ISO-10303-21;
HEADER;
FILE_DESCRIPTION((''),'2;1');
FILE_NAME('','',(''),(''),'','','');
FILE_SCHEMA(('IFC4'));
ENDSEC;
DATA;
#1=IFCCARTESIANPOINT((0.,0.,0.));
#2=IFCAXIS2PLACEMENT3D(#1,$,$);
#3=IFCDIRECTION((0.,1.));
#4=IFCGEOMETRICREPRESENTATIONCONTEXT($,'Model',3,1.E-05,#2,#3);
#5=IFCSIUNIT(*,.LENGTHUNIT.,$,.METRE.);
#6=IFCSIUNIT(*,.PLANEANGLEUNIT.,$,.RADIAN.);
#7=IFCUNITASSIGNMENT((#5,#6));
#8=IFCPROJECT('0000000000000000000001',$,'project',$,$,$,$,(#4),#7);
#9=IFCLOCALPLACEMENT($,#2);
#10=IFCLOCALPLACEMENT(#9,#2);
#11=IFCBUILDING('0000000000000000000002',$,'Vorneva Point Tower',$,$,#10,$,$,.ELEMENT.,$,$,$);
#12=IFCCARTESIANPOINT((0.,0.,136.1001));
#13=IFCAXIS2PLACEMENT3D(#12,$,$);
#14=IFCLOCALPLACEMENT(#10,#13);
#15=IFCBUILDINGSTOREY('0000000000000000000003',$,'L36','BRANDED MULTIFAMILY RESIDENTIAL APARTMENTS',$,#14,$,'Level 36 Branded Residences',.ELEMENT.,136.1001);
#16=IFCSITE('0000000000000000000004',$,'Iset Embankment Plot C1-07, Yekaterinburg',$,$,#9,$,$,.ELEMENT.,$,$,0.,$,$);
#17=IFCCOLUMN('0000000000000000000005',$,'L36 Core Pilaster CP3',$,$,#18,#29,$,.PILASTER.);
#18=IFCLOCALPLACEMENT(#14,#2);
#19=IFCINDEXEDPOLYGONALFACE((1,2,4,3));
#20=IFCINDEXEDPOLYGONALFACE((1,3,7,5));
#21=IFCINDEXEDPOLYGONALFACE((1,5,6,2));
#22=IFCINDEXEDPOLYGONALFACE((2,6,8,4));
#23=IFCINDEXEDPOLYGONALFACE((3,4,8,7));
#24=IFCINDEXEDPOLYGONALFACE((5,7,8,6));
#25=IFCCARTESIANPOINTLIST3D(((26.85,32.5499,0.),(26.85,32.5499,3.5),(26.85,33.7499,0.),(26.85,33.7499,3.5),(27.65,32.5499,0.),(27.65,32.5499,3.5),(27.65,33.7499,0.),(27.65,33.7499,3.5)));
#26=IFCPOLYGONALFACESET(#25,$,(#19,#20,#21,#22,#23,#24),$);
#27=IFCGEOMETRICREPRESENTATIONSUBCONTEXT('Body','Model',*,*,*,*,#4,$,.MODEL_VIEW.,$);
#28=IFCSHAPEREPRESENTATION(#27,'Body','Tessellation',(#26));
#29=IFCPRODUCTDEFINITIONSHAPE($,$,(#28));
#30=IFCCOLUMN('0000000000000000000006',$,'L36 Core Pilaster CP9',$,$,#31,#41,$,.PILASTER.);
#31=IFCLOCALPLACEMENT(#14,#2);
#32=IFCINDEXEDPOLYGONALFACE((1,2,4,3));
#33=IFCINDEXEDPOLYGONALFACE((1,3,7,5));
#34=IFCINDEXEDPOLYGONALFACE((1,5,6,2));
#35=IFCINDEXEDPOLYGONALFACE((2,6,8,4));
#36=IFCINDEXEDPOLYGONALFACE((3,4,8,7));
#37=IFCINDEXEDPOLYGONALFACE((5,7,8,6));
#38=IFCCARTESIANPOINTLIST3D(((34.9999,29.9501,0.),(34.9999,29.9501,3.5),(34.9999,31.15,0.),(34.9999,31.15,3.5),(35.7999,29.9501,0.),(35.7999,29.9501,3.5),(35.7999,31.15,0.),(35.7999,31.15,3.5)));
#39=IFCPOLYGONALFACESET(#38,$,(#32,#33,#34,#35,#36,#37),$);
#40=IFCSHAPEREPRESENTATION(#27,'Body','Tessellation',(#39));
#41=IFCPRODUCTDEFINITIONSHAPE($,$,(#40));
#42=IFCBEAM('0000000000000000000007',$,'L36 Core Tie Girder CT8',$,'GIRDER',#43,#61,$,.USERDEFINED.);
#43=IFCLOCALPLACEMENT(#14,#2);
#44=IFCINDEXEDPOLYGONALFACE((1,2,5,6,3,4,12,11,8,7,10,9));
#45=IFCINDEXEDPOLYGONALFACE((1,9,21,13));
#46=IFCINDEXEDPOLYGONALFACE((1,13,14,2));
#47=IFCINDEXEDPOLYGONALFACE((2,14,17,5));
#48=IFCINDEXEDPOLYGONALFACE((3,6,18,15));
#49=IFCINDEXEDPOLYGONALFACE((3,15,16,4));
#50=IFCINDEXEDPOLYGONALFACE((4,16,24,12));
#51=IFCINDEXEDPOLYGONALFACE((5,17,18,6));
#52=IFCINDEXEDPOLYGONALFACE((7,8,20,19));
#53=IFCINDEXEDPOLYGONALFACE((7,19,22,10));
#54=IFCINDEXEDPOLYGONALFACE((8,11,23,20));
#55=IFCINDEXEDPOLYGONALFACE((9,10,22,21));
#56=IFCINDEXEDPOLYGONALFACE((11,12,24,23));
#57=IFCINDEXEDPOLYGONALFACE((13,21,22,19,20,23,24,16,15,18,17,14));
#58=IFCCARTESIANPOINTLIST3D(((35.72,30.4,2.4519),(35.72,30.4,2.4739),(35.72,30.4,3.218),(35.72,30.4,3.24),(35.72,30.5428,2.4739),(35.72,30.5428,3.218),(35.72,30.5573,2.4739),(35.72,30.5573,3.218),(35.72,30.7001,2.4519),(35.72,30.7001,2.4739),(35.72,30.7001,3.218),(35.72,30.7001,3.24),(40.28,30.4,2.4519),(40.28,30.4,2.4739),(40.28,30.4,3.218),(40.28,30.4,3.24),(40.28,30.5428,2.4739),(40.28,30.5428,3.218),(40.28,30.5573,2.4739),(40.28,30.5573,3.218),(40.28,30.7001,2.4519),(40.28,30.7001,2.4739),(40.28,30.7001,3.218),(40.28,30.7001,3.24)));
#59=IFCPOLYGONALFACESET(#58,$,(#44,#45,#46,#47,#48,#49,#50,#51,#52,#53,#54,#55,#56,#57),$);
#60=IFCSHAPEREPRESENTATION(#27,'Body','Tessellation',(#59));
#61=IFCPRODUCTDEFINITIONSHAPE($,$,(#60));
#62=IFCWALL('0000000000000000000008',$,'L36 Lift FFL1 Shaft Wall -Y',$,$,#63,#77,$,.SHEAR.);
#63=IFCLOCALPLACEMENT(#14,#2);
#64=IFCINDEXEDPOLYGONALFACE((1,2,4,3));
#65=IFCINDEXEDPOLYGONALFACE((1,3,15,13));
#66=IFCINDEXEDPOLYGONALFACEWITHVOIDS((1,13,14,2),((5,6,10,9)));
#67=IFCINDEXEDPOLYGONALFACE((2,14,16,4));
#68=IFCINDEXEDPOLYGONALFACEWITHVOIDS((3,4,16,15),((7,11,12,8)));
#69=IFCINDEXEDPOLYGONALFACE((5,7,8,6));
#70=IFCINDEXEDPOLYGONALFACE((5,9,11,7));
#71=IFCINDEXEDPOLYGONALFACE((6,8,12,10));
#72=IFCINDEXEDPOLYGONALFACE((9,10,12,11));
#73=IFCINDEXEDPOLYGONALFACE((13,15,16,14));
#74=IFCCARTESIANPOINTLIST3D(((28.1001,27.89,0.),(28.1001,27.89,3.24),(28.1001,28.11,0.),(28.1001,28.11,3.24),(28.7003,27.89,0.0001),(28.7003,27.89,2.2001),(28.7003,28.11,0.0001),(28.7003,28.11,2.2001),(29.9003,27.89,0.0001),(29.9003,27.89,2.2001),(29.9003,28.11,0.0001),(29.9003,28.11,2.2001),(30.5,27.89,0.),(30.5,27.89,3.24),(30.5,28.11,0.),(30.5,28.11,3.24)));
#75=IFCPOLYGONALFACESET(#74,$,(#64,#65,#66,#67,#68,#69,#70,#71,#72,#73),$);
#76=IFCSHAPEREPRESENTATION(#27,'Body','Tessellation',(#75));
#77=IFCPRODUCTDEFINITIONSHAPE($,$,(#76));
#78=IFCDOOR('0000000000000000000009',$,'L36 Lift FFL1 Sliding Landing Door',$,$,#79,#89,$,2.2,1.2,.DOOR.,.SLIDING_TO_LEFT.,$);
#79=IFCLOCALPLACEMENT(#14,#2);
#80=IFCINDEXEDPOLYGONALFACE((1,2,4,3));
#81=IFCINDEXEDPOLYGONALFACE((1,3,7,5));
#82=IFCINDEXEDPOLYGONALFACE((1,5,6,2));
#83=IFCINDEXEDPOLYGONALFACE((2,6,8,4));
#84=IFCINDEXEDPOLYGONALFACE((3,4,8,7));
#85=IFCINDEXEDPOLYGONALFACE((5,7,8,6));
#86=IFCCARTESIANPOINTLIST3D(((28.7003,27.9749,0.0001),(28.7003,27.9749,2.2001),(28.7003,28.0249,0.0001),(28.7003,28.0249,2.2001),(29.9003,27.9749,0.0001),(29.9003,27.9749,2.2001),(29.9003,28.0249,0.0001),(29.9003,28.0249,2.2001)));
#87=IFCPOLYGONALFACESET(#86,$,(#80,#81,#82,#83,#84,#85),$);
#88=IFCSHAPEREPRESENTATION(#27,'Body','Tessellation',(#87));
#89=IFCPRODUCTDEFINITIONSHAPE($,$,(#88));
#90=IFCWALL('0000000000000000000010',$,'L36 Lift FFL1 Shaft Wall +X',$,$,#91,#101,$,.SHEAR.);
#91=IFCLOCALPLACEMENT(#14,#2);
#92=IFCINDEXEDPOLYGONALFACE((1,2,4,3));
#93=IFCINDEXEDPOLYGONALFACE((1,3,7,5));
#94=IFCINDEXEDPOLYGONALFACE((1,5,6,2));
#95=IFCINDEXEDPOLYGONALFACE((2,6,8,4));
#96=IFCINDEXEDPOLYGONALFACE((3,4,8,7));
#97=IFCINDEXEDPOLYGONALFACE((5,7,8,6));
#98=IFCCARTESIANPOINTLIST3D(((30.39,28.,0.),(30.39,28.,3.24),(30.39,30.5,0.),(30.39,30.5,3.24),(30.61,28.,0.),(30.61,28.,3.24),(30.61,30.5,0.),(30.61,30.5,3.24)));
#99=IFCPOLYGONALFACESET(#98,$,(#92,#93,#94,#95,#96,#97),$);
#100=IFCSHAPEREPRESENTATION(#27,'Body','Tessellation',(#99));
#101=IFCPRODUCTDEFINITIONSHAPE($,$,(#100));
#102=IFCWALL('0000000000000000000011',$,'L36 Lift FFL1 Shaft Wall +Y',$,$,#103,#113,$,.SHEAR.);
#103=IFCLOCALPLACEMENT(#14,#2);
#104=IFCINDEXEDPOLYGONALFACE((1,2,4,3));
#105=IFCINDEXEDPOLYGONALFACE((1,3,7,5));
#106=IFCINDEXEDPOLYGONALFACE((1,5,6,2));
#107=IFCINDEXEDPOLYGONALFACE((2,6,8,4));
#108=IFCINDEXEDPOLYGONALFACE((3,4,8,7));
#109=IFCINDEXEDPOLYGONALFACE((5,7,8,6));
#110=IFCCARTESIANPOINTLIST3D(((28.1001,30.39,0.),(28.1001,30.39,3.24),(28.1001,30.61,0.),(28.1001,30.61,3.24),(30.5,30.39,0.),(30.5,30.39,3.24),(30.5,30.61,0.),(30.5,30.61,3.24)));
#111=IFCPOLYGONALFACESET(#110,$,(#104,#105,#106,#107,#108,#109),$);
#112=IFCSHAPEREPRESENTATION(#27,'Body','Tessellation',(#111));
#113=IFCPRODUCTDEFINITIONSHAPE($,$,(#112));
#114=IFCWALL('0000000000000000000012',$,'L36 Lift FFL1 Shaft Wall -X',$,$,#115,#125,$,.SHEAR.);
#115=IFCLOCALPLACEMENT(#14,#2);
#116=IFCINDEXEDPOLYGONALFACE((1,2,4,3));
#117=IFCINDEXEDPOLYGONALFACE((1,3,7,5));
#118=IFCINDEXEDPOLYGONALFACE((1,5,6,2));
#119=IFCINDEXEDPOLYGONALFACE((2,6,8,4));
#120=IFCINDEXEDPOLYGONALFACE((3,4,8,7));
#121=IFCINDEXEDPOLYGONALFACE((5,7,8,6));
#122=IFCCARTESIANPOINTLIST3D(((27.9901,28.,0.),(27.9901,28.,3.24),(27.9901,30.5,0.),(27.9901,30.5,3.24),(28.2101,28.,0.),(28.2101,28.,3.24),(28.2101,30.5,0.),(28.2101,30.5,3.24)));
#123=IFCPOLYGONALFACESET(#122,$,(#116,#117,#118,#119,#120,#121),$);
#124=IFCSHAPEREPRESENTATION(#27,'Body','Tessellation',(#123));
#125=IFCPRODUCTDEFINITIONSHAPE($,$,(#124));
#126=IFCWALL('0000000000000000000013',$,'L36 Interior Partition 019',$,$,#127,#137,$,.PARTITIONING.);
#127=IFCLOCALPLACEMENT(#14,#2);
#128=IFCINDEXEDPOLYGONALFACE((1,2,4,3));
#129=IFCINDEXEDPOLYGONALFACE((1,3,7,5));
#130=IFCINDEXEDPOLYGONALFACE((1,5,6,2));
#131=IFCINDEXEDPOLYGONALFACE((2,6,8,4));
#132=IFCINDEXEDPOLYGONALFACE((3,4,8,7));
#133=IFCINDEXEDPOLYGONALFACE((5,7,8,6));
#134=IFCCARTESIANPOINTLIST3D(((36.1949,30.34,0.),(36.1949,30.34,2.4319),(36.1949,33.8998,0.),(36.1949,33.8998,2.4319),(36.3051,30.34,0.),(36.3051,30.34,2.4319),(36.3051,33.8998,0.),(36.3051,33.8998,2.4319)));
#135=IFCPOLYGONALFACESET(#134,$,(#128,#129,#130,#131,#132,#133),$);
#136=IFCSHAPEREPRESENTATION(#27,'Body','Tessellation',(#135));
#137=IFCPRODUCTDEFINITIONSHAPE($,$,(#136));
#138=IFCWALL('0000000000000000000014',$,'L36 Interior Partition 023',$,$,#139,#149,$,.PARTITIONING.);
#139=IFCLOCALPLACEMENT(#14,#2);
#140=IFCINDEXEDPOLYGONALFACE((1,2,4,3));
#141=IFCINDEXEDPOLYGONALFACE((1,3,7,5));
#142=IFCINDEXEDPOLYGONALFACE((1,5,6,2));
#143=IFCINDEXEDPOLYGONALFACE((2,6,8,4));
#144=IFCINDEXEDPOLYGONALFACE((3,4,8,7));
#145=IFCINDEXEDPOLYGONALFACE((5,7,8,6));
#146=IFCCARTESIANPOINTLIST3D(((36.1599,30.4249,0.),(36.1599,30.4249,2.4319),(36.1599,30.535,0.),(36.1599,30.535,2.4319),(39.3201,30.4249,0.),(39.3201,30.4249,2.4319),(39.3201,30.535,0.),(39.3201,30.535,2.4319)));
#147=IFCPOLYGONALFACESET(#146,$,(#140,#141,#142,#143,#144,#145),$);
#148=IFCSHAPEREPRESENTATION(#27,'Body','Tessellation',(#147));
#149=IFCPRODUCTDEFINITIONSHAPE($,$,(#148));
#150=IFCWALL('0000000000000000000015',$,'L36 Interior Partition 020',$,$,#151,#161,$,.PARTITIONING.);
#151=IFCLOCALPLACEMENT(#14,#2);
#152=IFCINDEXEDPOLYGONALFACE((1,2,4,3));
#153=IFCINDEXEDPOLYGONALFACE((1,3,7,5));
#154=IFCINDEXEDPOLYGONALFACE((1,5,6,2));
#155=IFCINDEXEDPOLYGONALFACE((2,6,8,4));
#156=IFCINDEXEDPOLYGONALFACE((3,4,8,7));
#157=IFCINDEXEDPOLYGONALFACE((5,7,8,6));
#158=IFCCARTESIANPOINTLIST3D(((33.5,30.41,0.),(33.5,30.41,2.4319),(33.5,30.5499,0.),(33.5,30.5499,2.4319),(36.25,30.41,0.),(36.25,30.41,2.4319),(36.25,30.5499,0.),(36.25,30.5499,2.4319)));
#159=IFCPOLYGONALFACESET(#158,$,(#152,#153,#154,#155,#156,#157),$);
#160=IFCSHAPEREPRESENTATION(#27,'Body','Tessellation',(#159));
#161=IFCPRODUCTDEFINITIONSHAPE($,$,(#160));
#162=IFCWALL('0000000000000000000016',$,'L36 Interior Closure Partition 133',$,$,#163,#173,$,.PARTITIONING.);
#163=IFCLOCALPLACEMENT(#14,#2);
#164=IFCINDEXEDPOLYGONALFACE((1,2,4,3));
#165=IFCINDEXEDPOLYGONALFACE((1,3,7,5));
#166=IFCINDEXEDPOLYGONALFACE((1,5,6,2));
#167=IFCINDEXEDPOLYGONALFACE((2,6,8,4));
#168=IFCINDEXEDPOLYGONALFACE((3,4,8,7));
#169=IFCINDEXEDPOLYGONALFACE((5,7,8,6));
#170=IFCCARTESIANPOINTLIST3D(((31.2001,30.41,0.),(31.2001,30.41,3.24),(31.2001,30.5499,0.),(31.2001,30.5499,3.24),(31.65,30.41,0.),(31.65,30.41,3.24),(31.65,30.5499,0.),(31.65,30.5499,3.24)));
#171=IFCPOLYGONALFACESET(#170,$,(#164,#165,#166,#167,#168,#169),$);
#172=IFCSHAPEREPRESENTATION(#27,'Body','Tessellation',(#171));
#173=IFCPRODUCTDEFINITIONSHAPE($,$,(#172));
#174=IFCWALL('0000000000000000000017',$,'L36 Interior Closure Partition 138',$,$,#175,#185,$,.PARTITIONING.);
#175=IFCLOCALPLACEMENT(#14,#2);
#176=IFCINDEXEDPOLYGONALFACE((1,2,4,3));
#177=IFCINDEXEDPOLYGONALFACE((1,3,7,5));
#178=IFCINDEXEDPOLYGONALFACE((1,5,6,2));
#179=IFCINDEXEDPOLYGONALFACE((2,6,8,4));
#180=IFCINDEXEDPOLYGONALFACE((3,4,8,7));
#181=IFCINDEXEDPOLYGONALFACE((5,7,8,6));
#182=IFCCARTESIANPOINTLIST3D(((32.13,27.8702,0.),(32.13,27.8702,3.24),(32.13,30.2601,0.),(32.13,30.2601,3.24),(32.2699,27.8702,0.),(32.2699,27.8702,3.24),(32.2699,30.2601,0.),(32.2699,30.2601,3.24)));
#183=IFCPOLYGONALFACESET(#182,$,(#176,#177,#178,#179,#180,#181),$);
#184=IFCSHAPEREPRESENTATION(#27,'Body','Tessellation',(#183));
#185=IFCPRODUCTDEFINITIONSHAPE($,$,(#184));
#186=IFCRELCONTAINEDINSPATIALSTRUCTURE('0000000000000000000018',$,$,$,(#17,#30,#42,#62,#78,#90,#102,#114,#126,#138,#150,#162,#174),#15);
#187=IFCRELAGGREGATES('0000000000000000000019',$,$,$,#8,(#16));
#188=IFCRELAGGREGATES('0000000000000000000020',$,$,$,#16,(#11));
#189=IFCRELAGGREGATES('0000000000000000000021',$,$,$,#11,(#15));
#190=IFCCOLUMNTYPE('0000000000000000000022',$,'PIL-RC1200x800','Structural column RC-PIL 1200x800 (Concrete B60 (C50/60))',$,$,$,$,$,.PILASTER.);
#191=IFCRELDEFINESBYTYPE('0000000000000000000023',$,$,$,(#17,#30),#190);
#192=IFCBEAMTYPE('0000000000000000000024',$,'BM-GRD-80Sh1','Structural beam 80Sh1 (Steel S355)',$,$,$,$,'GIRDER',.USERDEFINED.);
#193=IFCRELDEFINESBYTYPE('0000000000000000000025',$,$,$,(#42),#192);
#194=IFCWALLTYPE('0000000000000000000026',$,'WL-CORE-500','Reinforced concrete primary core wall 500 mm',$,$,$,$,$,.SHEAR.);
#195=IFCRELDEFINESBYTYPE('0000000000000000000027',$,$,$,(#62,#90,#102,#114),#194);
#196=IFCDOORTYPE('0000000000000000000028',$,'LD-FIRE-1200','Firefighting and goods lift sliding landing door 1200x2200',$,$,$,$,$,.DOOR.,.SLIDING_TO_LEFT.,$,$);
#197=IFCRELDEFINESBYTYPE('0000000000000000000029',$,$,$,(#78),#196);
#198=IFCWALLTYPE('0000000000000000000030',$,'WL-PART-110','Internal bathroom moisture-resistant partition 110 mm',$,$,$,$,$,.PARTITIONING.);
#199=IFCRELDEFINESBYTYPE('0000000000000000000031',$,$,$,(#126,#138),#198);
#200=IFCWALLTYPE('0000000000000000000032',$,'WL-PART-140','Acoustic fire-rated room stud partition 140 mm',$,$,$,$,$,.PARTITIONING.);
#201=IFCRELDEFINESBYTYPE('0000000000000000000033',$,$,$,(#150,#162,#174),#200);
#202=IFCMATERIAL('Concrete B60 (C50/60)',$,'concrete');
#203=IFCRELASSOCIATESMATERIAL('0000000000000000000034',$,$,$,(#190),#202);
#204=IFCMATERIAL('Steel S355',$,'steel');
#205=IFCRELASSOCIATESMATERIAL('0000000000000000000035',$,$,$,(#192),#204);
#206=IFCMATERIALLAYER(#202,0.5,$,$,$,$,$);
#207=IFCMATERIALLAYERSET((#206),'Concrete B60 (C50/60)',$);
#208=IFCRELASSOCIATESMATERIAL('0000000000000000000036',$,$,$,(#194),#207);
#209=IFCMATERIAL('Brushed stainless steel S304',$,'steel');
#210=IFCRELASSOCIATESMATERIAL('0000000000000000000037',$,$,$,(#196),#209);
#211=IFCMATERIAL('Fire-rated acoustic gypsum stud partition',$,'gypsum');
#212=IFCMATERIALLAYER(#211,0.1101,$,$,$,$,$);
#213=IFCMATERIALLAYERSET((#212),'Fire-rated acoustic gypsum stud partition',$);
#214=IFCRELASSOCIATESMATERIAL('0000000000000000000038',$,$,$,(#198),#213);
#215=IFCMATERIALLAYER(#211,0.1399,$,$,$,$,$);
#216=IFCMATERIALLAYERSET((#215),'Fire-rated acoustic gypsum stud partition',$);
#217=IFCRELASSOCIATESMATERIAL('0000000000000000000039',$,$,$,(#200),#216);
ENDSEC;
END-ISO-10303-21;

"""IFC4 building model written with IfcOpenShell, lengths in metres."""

from ifc_helpers import new_model, si_unit, direction, frame, frame_2d, origin, origin_2d, place, context, subcontext, project, spatial, rectangle, i_section, extrude, material, layer, layer_set, material_profile, profile_set, type_object, element, fill, save


model = new_model("IFC4")

# Units and contexts
model_context = context("Model", 3, precision=1e-05, world=origin(), true_north=direction((0.0, 1.0)))
body_context = subcontext(model_context, "Body", "Model", "MODEL_VIEW")
ifc_project = project(units=[si_unit("LENGTHUNIT", "METRE"), si_unit("PLANEANGLEUNIT", "RADIAN")], contexts=[model_context])

# Site, building, storey
site_placement = place(None, origin())
site = spatial("IfcSite", under=ifc_project, at=site_placement, Name="Iset Embankment Plot C1-07, Yekaterinburg", CompositionType="ELEMENT", RefElevation=0.0)
building_placement = place(site_placement, origin())
building = spatial("IfcBuilding", under=site, at=building_placement, Name="Vorneva Point Tower", CompositionType="ELEMENT")
storey_placement = place(building_placement, frame((0.0, 0.0, 136.1001)))
storey = spatial("IfcBuildingStorey", under=building, at=storey_placement, Name="L36", Description="BRANDED MULTIFAMILY RESIDENTIAL APARTMENTS", LongName="Level 36 Branded Residences", CompositionType="ELEMENT", Elevation=136.1001)

# Columns
ifc_material_1 = material(Name="Concrete B60 (C50/60)", Category="concrete")
ifc_material_profile_1 = material_profile(ifc_material_1, rectangle(XDim=0.8, YDim=1.2, at=origin_2d()), Name="RC-PIL 1200x800")
ifc_profile_set_1 = profile_set([ifc_material_profile_1], Name="Concrete B60 (C50/60)")
column_type = type_object("IfcColumnType", Name="PIL-RC1200x800", Description="Structural column RC-PIL 1200x800 (Concrete B60 (C50/60))", PredefinedType="PILASTER", material=ifc_profile_set_1)
for number, where, z_axis, x_axis, name in (
    (1, (27.25, 33.1499, 0.0), (0.0, 0.0, 1.0), (1.0, 0.0, 0.0), "L36 Core Pilaster CP3"),
    (2, (35.3999, 30.55, 0.0), (0.0, 0.0, 1.0), (1.0, 0.0, 0.0), "L36 Core Pilaster CP9"),
):
    element("IfcColumn", number, at=place(storey_placement, frame(where, z_axis=z_axis, x_axis=x_axis)), inside=storey, type_object=column_type, Name=name, PredefinedType="PILASTER", context=body_context, shape_type="SweptSolid", body=[
        extrude(rectangle(XDim=0.8, YDim=1.2, at=origin_2d()), origin(), (0.0, 0.0, 1.0), 3.5),
    ])

# Beam
ifc_material_2 = material(Name="Steel S355", Category="steel")
ifc_material_profile_2 = material_profile(ifc_material_2, i_section(OverallWidth=0.3, OverallDepth=0.7881, WebThickness=0.0144, FlangeThickness=0.022, at=origin_2d()), Name="80Sh1")
ifc_profile_set_2 = profile_set([ifc_material_profile_2], Name="Steel S355")
beam_type = type_object("IfcBeamType", Name="BM-GRD-80Sh1", Description="Structural beam 80Sh1 (Steel S355)", ElementType="GIRDER", PredefinedType="USERDEFINED", material=ifc_profile_set_2)
beam_placement = place(storey_placement, frame((35.72, 30.55, 2.8459), z_axis=(1.0, 0.0, 0.0), x_axis=(0.0, 1.0, 0.0)))
element("IfcBeam", 3, at=beam_placement, inside=storey, type_object=beam_type, Name="L36 Core Tie Girder CT8", ObjectType="GIRDER", PredefinedType="USERDEFINED", context=body_context, shape_type="SweptSolid", body=[
    extrude(i_section(OverallWidth=0.3, OverallDepth=0.7881, WebThickness=0.0144, FlangeThickness=0.022, at=origin_2d()), origin(), (0.0, 0.0, 1.0), 4.5601),
])

# Wall, opening, door
ifc_layer_1 = layer(ifc_material_1, 0.5)
ifc_layer_set_1 = layer_set([ifc_layer_1], Name="Concrete B60 (C50/60)")
wall_type_1 = type_object("IfcWallType", Name="WL-CORE-500", Description="Reinforced concrete primary core wall 500 mm", PredefinedType="SHEAR", material=ifc_layer_set_1)
wall_1_placement = place(storey_placement, frame((28.1001, 28.0, 0.0), z_axis=(0.0, 0.0, 1.0), x_axis=(1.0, 0.0, 0.0)))
wall_1 = element("IfcWall", 4, at=wall_1_placement, inside=storey, type_object=wall_type_1, Name="L36 Lift FFL1 Shaft Wall -Y", PredefinedType="SHEAR", context=body_context, shape_type="SweptSolid", body=[
    extrude(rectangle(XDim=2.3999, YDim=0.22, at=frame_2d((1.2, 0.0))), origin(), (0.0, 0.0, 1.0), 3.24),
])
opening_1_placement = place(wall_1_placement, frame((0.6001, 0.0, 0.0)))
opening_1 = element("IfcOpeningElement", 5, at=opening_1_placement, cuts=wall_1, PredefinedType="OPENING", context=body_context, shape_type="SweptSolid", body=[
    extrude(rectangle(XDim=1.2, YDim=2.2, at=frame_2d((0.6001, 1.1001))), frame((0.0, 0.125, 0.0), z_axis=(0.0, -1.0, 0.0), x_axis=(1.0, 0.0, 0.0)), (0.0, 0.0, 1.0), 0.2498),
])
ifc_material_3 = material(Name="Brushed stainless steel S304", Category="steel")
door_type_1 = type_object("IfcDoorType", Name="LD-FIRE-1200", Description="Firefighting and goods lift sliding landing door 1200x2200", OperationType="SLIDING_TO_LEFT", PredefinedType="DOOR", material=ifc_material_3)
door_1_placement = place(opening_1_placement, origin())
door_1 = element("IfcDoor", 6, at=door_1_placement, inside=storey, type_object=door_type_1, Name="L36 Lift FFL1 Sliding Landing Door", OperationType="SLIDING_TO_LEFT", OverallHeight=2.2, OverallWidth=1.2, PredefinedType="DOOR", context=body_context, shape_type="SweptSolid", body=[
    extrude(rectangle(XDim=1.2, YDim=2.2, at=frame_2d((0.6001, 1.1001))), frame((0.0, 0.0249, 0.0), z_axis=(0.0, -1.0, 0.0), x_axis=(1.0, 0.0, 0.0)), (0.0, 0.0, 1.0), 0.05),
])
fill(opening_1, door_1)

# Walls
wall_2_placement = place(storey_placement, frame((30.5, 28.0, 0.0), z_axis=(0.0, 0.0, 1.0), x_axis=(0.0, 1.0, 0.0)))
element("IfcWall", 7, at=wall_2_placement, inside=storey, type_object=wall_type_1, Name="L36 Lift FFL1 Shaft Wall +X", PredefinedType="SHEAR", context=body_context, shape_type="SweptSolid", body=[
    extrude(rectangle(XDim=2.5, YDim=0.22, at=frame_2d((1.25, 0.0))), origin(), (0.0, 0.0, 1.0), 3.24),
])
wall_3_placement = place(storey_placement, frame((30.5, 30.5, 0.0), z_axis=(0.0, 0.0, 1.0), x_axis=(-1.0, 0.0, 0.0)))
element("IfcWall", 8, at=wall_3_placement, inside=storey, type_object=wall_type_1, Name="L36 Lift FFL1 Shaft Wall +Y", PredefinedType="SHEAR", context=body_context, shape_type="SweptSolid", body=[
    extrude(rectangle(XDim=2.3999, YDim=0.22, at=frame_2d((1.2, 0.0))), origin(), (0.0, 0.0, 1.0), 3.24),
])
wall_4_placement = place(storey_placement, frame((28.1001, 30.5, 0.0), z_axis=(0.0, 0.0, 1.0), x_axis=(0.0, -1.0, 0.0)))
element("IfcWall", 9, at=wall_4_placement, inside=storey, type_object=wall_type_1, Name="L36 Lift FFL1 Shaft Wall -X", PredefinedType="SHEAR", context=body_context, shape_type="SweptSolid", body=[
    extrude(rectangle(XDim=2.5, YDim=0.22, at=frame_2d((1.25, 0.0))), origin(), (0.0, 0.0, 1.0), 3.24),
])
ifc_material_4 = material(Name="Fire-rated acoustic gypsum stud partition", Category="gypsum")
ifc_layer_2 = layer(ifc_material_4, 0.1101)
ifc_layer_set_2 = layer_set([ifc_layer_2], Name="Fire-rated acoustic gypsum stud partition")
wall_type_2 = type_object("IfcWallType", Name="WL-PART-110", Description="Internal bathroom moisture-resistant partition 110 mm", PredefinedType="PARTITIONING", material=ifc_layer_set_2)
wall_5_placement = place(storey_placement, frame((36.25, 30.3401, 0.0), z_axis=(0.0, 0.0, 1.0), x_axis=(0.0, 1.0, 0.0)))
element("IfcWall", 10, at=wall_5_placement, inside=storey, type_object=wall_type_2, Name="L36 Interior Partition 019", PredefinedType="PARTITIONING", context=body_context, shape_type="SweptSolid", body=[
    extrude(rectangle(XDim=3.5598, YDim=0.1101, at=frame_2d((1.7798, 0.0))), origin(), (0.0, 0.0, 1.0), 2.4319),
])
wall_6_placement = place(storey_placement, frame((36.1599, 30.48, 0.0), z_axis=(0.0, 0.0, 1.0), x_axis=(1.0, 0.0, 0.0)))
element("IfcWall", 11, at=wall_6_placement, inside=storey, type_object=wall_type_2, Name="L36 Interior Partition 023", PredefinedType="PARTITIONING", context=body_context, shape_type="SweptSolid", body=[
    extrude(rectangle(XDim=3.1602, YDim=0.1101, at=frame_2d((1.5801, 0.0))), origin(), (0.0, 0.0, 1.0), 2.4319),
])
ifc_layer_3 = layer(ifc_material_4, 0.1399)
ifc_layer_set_3 = layer_set([ifc_layer_3], Name="Fire-rated acoustic gypsum stud partition")
wall_type_3 = type_object("IfcWallType", Name="WL-PART-140", Description="Acoustic fire-rated room stud partition 140 mm", PredefinedType="PARTITIONING", material=ifc_layer_set_3)
wall_7_placement = place(storey_placement, frame((33.5, 30.48, 0.0), z_axis=(0.0, 0.0, 1.0), x_axis=(1.0, 0.0, 0.0)))
element("IfcWall", 12, at=wall_7_placement, inside=storey, type_object=wall_type_3, Name="L36 Interior Partition 020", PredefinedType="PARTITIONING", context=body_context, shape_type="SweptSolid", body=[
    extrude(rectangle(XDim=2.75, YDim=0.1399, at=frame_2d((1.375, 0.0))), origin(), (0.0, 0.0, 1.0), 2.4319),
])
wall_8_placement = place(storey_placement, frame((31.2, 30.48, 0.0), z_axis=(0.0, 0.0, 1.0), x_axis=(1.0, 0.0, 0.0)))
element("IfcWall", 13, at=wall_8_placement, inside=storey, type_object=wall_type_3, Name="L36 Interior Closure Partition 133", PredefinedType="PARTITIONING", context=body_context, shape_type="SweptSolid", body=[
    extrude(rectangle(XDim=0.45, YDim=0.1399, at=frame_2d((0.2251, 0.0))), origin(), (0.0, 0.0, 1.0), 3.24),
])
wall_9_placement = place(storey_placement, frame((32.2, 30.26, 0.0), z_axis=(0.0, 0.0, 1.0), x_axis=(0.0, -1.0, 0.0)))
element("IfcWall", 14, at=wall_9_placement, inside=storey, type_object=wall_type_3, Name="L36 Interior Closure Partition 138", PredefinedType="PARTITIONING", context=body_context, shape_type="SweptSolid", body=[
    extrude(rectangle(XDim=2.3899, YDim=0.1399, at=frame_2d((1.1948, 0.0))), origin(), (0.0, 0.0, 1.0), 3.24),
])

save(model, "model.ifc")
